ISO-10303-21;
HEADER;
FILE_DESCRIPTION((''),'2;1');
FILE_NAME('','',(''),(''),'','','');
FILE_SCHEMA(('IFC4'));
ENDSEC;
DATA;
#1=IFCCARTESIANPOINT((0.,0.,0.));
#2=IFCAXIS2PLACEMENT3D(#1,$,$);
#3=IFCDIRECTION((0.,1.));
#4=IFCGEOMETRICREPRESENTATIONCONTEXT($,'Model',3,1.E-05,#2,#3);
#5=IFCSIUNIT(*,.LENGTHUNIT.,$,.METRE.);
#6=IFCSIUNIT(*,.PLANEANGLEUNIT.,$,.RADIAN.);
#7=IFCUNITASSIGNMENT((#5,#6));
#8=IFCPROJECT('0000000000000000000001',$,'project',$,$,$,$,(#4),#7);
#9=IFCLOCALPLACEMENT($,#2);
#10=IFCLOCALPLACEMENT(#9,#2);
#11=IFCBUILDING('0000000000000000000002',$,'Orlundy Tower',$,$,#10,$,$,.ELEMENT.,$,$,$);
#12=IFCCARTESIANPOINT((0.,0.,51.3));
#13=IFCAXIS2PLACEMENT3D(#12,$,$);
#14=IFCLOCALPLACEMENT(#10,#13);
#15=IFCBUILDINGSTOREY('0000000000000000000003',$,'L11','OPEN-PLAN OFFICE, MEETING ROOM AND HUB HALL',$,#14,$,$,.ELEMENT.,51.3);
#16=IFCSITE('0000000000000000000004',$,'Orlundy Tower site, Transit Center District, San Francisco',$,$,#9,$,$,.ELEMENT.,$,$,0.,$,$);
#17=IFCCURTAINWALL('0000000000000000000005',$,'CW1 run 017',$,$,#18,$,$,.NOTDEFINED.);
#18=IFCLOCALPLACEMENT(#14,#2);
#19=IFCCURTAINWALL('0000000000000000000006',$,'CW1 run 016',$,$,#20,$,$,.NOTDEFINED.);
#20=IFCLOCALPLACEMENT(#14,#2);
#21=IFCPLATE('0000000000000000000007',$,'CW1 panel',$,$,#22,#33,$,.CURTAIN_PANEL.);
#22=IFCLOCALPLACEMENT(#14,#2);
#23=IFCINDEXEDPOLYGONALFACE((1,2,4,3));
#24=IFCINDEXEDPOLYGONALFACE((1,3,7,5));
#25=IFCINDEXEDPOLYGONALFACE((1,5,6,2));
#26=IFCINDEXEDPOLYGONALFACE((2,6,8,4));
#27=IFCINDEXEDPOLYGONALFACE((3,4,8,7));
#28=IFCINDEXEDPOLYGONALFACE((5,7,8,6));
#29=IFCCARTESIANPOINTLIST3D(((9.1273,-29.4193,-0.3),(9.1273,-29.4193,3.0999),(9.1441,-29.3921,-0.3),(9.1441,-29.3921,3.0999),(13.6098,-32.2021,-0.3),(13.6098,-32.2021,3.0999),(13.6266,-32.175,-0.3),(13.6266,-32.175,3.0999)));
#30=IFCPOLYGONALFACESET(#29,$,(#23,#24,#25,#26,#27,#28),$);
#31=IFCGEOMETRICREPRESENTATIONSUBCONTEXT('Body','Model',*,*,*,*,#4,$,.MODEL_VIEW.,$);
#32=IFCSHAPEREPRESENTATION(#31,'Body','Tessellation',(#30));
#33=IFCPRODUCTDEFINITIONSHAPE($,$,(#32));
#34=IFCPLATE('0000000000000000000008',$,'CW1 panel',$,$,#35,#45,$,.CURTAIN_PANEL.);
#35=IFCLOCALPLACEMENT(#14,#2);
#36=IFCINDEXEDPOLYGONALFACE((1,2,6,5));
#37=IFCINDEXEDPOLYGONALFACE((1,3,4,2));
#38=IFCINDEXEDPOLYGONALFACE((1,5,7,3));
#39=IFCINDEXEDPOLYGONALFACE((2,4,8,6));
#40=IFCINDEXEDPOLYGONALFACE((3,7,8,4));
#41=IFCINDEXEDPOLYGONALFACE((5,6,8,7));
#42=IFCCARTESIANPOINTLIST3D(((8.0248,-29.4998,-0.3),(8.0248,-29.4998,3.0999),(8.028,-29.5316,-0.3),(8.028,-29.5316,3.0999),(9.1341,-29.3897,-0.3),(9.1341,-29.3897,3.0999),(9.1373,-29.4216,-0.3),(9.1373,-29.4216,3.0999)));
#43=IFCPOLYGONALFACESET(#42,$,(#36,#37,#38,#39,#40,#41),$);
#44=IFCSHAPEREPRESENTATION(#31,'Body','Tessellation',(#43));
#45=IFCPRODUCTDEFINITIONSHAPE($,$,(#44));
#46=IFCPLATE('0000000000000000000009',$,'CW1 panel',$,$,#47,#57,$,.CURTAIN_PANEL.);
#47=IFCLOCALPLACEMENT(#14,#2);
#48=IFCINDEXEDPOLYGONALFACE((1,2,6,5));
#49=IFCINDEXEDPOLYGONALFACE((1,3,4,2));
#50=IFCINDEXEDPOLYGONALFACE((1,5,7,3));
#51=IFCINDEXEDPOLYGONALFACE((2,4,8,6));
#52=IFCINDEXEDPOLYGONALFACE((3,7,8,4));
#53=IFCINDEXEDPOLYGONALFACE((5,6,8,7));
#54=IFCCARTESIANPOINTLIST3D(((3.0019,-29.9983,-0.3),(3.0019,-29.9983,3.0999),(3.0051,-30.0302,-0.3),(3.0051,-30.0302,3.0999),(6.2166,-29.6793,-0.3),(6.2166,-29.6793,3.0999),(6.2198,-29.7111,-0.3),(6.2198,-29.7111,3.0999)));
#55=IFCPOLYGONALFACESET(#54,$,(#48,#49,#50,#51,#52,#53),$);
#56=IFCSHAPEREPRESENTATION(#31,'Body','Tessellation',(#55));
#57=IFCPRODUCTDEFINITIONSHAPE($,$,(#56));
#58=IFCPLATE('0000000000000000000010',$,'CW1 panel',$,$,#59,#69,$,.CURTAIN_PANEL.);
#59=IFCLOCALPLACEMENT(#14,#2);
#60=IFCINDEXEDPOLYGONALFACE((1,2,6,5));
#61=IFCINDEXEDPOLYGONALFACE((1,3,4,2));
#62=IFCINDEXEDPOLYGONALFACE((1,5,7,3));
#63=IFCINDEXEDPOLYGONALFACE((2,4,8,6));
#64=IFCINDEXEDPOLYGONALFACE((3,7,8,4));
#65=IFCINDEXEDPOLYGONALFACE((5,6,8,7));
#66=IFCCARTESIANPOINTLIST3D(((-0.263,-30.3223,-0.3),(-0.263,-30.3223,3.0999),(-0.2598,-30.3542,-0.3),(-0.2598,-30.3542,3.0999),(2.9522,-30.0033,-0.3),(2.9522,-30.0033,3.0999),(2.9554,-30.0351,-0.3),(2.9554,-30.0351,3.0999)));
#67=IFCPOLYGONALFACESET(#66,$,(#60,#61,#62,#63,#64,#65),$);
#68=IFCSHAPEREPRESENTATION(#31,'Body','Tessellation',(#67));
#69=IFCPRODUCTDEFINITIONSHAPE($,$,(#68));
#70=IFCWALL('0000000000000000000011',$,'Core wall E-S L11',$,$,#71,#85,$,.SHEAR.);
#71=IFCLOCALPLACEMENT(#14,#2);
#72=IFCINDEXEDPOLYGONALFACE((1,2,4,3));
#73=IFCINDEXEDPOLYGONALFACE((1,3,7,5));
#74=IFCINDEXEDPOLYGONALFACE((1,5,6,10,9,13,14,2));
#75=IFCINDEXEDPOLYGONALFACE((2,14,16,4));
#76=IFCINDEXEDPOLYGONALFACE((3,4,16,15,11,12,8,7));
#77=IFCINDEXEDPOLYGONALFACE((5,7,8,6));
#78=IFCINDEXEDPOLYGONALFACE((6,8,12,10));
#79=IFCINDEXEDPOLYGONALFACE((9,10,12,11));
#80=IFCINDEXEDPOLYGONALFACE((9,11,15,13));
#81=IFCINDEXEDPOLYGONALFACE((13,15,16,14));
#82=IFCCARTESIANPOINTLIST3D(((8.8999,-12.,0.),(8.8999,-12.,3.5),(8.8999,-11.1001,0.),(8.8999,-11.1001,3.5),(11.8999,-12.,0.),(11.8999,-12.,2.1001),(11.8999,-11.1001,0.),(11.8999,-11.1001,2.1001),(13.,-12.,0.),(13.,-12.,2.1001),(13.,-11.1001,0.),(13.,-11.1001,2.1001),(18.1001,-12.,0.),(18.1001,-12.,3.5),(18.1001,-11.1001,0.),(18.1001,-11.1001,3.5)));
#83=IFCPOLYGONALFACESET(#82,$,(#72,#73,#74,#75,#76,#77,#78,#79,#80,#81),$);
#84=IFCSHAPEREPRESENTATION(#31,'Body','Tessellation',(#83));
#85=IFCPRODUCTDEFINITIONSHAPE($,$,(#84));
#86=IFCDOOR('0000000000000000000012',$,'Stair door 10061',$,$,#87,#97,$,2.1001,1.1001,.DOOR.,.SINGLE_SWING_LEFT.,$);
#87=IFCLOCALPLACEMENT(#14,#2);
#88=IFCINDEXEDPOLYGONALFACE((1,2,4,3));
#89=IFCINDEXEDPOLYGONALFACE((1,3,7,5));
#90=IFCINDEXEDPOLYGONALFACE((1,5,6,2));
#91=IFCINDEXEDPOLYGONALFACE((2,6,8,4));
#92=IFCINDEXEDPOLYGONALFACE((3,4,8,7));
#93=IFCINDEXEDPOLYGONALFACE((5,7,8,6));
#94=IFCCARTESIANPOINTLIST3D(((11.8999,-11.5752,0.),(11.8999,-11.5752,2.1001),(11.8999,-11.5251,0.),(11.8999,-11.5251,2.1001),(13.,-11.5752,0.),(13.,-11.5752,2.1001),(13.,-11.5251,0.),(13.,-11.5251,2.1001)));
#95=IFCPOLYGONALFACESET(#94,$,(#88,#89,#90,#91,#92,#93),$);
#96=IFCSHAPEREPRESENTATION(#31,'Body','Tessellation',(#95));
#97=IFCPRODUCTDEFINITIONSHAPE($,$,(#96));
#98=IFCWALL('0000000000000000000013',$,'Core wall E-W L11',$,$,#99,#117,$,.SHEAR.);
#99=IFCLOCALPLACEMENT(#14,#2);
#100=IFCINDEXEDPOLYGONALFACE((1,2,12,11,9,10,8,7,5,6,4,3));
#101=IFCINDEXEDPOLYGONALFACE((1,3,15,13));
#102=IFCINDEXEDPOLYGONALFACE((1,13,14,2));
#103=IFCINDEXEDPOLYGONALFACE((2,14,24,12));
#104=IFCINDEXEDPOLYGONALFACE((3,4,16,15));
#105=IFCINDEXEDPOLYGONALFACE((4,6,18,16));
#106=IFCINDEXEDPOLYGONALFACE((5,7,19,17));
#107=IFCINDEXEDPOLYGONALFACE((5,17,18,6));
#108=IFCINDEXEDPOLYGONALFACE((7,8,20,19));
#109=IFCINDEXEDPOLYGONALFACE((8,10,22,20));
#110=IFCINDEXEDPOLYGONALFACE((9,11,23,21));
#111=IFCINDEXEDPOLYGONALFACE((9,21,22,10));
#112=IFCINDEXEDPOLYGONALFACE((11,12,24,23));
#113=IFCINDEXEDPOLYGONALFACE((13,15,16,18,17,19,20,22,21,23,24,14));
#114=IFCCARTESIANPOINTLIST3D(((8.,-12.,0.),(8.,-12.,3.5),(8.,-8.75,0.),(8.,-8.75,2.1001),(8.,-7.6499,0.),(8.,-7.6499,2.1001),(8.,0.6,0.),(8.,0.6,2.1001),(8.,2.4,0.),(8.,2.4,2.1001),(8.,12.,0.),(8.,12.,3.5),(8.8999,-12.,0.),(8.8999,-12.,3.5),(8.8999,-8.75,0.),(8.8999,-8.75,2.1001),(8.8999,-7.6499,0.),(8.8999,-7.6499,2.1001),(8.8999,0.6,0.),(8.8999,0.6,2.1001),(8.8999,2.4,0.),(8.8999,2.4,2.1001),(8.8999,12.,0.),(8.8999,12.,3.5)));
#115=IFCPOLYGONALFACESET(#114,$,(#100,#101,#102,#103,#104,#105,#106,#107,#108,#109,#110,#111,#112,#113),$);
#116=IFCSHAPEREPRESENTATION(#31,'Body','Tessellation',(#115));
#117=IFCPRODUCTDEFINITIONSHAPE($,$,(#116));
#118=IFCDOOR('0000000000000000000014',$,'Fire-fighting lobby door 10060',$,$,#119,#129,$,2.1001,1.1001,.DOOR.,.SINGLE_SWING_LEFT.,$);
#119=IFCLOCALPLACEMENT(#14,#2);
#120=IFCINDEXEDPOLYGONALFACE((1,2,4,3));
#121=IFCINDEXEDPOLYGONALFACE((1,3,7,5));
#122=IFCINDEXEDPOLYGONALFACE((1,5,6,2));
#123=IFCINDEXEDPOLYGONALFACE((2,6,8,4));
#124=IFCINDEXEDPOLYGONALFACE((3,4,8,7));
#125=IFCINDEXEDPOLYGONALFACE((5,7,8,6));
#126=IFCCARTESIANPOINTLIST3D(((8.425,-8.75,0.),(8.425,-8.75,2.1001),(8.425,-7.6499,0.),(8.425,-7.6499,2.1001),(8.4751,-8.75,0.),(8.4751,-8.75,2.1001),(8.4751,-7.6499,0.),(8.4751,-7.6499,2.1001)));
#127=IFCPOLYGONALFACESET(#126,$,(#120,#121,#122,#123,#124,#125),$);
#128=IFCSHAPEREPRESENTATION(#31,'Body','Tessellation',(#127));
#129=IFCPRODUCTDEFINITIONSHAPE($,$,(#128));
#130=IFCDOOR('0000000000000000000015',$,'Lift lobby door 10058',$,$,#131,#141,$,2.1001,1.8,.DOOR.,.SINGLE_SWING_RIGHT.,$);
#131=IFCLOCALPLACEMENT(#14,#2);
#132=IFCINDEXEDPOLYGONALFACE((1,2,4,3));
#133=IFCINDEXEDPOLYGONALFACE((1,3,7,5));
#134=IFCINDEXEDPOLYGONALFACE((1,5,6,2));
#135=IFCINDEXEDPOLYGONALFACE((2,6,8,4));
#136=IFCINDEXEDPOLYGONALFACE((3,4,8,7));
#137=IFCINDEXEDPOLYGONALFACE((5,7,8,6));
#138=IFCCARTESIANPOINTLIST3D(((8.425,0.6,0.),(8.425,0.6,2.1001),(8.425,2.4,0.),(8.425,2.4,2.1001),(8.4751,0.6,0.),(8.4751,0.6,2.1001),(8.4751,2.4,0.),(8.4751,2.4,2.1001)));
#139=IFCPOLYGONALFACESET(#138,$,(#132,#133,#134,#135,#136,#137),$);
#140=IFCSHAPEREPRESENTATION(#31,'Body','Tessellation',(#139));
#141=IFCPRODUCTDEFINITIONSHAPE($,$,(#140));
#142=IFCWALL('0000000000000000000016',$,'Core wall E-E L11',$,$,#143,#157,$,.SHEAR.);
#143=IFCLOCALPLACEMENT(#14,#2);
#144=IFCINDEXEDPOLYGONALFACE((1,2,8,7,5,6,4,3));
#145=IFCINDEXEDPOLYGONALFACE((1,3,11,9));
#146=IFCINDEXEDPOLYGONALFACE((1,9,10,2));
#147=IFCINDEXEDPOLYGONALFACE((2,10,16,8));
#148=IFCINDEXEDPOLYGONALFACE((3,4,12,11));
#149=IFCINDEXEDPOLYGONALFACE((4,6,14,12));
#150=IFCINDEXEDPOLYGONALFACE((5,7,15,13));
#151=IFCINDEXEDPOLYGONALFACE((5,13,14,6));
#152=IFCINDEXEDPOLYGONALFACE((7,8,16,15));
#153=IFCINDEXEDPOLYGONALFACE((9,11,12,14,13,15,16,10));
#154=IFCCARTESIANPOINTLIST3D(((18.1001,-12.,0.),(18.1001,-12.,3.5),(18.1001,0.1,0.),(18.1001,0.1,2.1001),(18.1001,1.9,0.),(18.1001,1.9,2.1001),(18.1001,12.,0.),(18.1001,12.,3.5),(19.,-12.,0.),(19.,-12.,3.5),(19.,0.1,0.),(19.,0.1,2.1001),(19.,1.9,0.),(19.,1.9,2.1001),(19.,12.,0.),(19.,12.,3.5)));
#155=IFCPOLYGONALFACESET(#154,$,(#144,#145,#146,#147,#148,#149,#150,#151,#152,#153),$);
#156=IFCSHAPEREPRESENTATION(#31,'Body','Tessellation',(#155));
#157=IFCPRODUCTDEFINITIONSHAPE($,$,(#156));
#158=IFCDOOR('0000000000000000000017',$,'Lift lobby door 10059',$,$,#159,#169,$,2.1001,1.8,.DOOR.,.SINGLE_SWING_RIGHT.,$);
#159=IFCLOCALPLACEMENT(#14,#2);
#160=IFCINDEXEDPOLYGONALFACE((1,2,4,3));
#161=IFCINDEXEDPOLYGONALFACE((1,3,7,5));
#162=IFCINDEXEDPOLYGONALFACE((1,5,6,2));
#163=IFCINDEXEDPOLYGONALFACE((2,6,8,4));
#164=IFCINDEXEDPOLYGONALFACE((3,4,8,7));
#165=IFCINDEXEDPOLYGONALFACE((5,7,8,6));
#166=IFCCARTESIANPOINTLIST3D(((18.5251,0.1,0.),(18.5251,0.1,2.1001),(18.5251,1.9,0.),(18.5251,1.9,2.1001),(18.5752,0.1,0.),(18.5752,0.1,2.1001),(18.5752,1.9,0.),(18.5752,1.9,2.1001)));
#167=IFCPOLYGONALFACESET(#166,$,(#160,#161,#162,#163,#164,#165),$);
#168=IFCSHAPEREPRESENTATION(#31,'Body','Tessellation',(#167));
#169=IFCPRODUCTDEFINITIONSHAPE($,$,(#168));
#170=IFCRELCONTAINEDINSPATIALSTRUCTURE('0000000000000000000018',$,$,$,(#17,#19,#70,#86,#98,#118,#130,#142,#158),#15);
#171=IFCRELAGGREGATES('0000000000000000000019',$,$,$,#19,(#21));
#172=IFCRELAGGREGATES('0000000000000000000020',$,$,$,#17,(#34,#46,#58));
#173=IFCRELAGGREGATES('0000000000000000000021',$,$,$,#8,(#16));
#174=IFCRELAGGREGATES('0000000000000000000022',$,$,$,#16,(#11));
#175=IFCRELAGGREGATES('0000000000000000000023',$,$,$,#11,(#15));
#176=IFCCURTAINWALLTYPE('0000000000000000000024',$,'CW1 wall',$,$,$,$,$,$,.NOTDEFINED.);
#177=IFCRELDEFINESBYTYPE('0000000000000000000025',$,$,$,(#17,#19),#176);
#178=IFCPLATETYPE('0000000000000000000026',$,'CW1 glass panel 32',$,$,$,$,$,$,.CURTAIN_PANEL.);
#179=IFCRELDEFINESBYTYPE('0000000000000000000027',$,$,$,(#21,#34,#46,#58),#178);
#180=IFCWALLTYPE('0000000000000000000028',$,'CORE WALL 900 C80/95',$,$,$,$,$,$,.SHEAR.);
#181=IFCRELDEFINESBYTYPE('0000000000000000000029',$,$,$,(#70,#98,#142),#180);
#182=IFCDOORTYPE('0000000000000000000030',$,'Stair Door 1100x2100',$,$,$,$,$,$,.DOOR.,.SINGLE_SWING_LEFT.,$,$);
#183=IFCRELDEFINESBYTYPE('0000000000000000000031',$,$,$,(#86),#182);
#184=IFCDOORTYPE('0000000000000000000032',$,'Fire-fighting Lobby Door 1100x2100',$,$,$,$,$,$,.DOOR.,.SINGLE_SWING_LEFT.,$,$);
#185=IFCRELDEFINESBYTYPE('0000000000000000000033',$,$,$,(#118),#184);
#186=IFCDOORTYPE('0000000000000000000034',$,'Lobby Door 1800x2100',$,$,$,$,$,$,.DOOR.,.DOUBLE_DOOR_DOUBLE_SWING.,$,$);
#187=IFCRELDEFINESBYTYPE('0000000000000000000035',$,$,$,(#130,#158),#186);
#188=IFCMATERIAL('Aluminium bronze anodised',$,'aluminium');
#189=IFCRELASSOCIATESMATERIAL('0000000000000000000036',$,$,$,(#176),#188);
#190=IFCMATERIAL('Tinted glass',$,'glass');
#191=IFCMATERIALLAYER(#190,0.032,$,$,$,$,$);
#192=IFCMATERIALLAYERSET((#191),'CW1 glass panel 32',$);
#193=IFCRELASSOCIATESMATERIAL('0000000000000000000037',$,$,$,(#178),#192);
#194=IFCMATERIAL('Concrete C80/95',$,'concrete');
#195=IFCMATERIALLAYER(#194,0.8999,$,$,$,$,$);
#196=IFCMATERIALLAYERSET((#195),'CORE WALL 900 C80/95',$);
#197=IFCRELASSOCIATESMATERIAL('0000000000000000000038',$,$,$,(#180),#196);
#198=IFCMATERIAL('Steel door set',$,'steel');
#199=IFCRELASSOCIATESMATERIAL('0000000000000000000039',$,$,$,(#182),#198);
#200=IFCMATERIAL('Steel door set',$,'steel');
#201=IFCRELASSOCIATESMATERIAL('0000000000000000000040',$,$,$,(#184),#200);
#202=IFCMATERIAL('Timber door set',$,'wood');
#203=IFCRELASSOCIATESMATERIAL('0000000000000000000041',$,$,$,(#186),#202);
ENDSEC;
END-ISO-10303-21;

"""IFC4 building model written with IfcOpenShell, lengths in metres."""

from ifc_helpers import new_model, si_unit, direction, frame, frame_2d, origin, origin_2d, place, context, subcontext, project, spatial, rectangle, extrude, material, layer, layer_set, type_object, element, fill, aggregate, save


model = new_model("IFC4")

# Units and contexts
model_context = context("Model", 3, precision=1e-05, world=origin(), true_north=direction((0.0, 1.0)))
body_context = subcontext(model_context, "Body", "Model", "MODEL_VIEW")
ifc_project = project(units=[si_unit("LENGTHUNIT", "METRE"), si_unit("PLANEANGLEUNIT", "RADIAN")], contexts=[model_context])

# Site, building, storey
site_placement = place(None, origin())
site = spatial("IfcSite", under=ifc_project, at=site_placement, Name="Orlundy Tower site, Transit Center District, San Francisco", CompositionType="ELEMENT", RefElevation=0.0)
building_placement = place(site_placement, origin())
building = spatial("IfcBuilding", under=site, at=building_placement, Name="Orlundy Tower", CompositionType="ELEMENT")
storey_placement = place(building_placement, frame((0.0, 0.0, 51.3)))
storey = spatial("IfcBuildingStorey", under=building, at=storey_placement, Name="L11", Description="OPEN-PLAN OFFICE, MEETING ROOM AND HUB HALL", CompositionType="ELEMENT", Elevation=51.3)

# Curtain wall
ifc_material_1 = material(Name="Aluminium bronze anodised", Category="aluminium")
curtain_wall_type = type_object("IfcCurtainWallType", Name="CW1 wall", PredefinedType="NOTDEFINED", material=ifc_material_1)
curtain_wall_1_placement = place(storey_placement, origin())
curtain_wall_1 = element("IfcCurtainWall", 1, at=curtain_wall_1_placement, inside=storey, type_object=curtain_wall_type, Name="CW1 run 017", PredefinedType="NOTDEFINED")

# Curtain wall
curtain_wall_2_placement = place(storey_placement, origin())
curtain_wall_2 = element("IfcCurtainWall", 2, at=curtain_wall_2_placement, inside=storey, type_object=curtain_wall_type, Name="CW1 run 016", PredefinedType="NOTDEFINED")

# Plates
ifc_material_2 = material(Name="Tinted glass", Category="glass")
ifc_layer_1 = layer(ifc_material_2, 0.032)
ifc_layer_set_1 = layer_set([ifc_layer_1], Name="CW1 glass panel 32")
plate_type = type_object("IfcPlateType", Name="CW1 glass panel 32", PredefinedType="CURTAIN_PANEL", material=ifc_layer_set_1)
plate_1_placement = place(storey_placement, frame((11.377, -30.7971, -0.3), z_axis=(0.0, 0.0, 1.0), x_axis=(-0.849587, 0.527449, 0.0)))
plate_1 = element("IfcPlate", 3, at=plate_1_placement, type_object=plate_type, Name="CW1 panel", PredefinedType="CURTAIN_PANEL", context=body_context, shape_type="SweptSolid", body=[
    extrude(rectangle(XDim=5.2761, YDim=0.032, at=origin_2d()), origin(), (0.0, 0.0, 1.0), 3.3999),
])
aggregate(curtain_wall_2, [plate_1])
plate_2_placement = place(storey_placement, frame((8.5811, -29.4607, -0.3), z_axis=(0.0, 0.0, 1.0), x_axis=(-0.995112, -0.09875, 0.0)))
plate_2 = element("IfcPlate", 4, at=plate_2_placement, type_object=plate_type, Name="CW1 panel", PredefinedType="CURTAIN_PANEL", context=body_context, shape_type="SweptSolid", body=[
    extrude(rectangle(XDim=1.1147, YDim=0.032, at=origin_2d()), origin(), (0.0, 0.0, 1.0), 3.3999),
])
plate_3_placement = place(storey_placement, frame((4.6108, -29.8547, -0.3), z_axis=(0.0, 0.0, 1.0), x_axis=(-0.995112, -0.09875, 0.0)))
plate_3 = element("IfcPlate", 5, at=plate_3_placement, type_object=plate_type, Name="CW1 panel", PredefinedType="CURTAIN_PANEL", context=body_context, shape_type="SweptSolid", body=[
    extrude(rectangle(XDim=3.2305, YDim=0.032, at=origin_2d()), origin(), (0.0, 0.0, 1.0), 3.3999),
])
plate_4_placement = place(storey_placement, frame((1.3462, -30.1787, -0.3), z_axis=(0.0, 0.0, 1.0), x_axis=(-0.995112, -0.09875, 0.0)))
plate_4 = element("IfcPlate", 6, at=plate_4_placement, type_object=plate_type, Name="CW1 panel", PredefinedType="CURTAIN_PANEL", context=body_context, shape_type="SweptSolid", body=[
    extrude(rectangle(XDim=3.231, YDim=0.032, at=origin_2d()), origin(), (0.0, 0.0, 1.0), 3.3999),
])
aggregate(curtain_wall_1, [plate_2, plate_3, plate_4])

# Wall, opening, door
ifc_material_3 = material(Name="Concrete C80/95", Category="concrete")
ifc_layer_2 = layer(ifc_material_3, 0.8999)
ifc_layer_set_2 = layer_set([ifc_layer_2], Name="CORE WALL 900 C80/95")
wall_type_1 = type_object("IfcWallType", Name="CORE WALL 900 C80/95", PredefinedType="SHEAR", material=ifc_layer_set_2)
wall_1_placement = place(storey_placement, frame((8.8999, -11.55, 0.0), z_axis=(0.0, 0.0, 1.0), x_axis=(1.0, 0.0, 0.0)))
wall_1 = element("IfcWall", 7, at=wall_1_placement, inside=storey, type_object=wall_type_1, Name="Core wall E-S L11", PredefinedType="SHEAR", context=body_context, shape_type="SweptSolid", body=[
    extrude(rectangle(XDim=9.2002, YDim=0.8999, at=frame_2d((4.6001, 0.0))), origin(), (0.0, 0.0, 1.0), 3.5),
])
opening_1_placement = place(wall_1_placement, frame((3.0, 0.0, 0.0)))
opening_1 = element("IfcOpeningElement", 8, at=opening_1_placement, cuts=wall_1, PredefinedType="OPENING", context=body_context, shape_type="SweptSolid", body=[
    extrude(rectangle(XDim=1.1001, YDim=2.1001, at=frame_2d((0.55, 1.05))), frame((0.0, 0.46, 0.0), z_axis=(0.0, -1.0, 0.0), x_axis=(1.0, 0.0, 0.0)), (0.0, 0.0, 1.0), 0.9199),
])
ifc_material_4 = material(Name="Steel door set", Category="steel")
door_type_1 = type_object("IfcDoorType", Name="Stair Door 1100x2100", OperationType="SINGLE_SWING_LEFT", PredefinedType="DOOR", material=ifc_material_4)
door_1_placement = place(opening_1_placement, origin())
door_1 = element("IfcDoor", 9, at=door_1_placement, inside=storey, type_object=door_type_1, Name="Stair door 10061", OperationType="SINGLE_SWING_LEFT", OverallHeight=2.1001, OverallWidth=1.1001, PredefinedType="DOOR", context=body_context, shape_type="SweptSolid", body=[
    extrude(rectangle(XDim=1.1001, YDim=2.1001, at=frame_2d((0.55, 1.05))), frame((0.0, 0.0249, 0.0), z_axis=(0.0, -1.0, 0.0), x_axis=(1.0, 0.0, 0.0)), (0.0, 0.0, 1.0), 0.05),
])
fill(opening_1, door_1)

# Wall, openings, doors
wall_2_placement = place(storey_placement, frame((8.45, -12.0, 0.0), z_axis=(0.0, 0.0, 1.0), x_axis=(0.0, 1.0, 0.0)))
wall_2 = element("IfcWall", 10, at=wall_2_placement, inside=storey, type_object=wall_type_1, Name="Core wall E-W L11", PredefinedType="SHEAR", context=body_context, shape_type="SweptSolid", body=[
    extrude(rectangle(XDim=24.0, YDim=0.8999, at=frame_2d((12.0, 0.0))), origin(), (0.0, 0.0, 1.0), 3.5),
])
opening_2_placement = place(wall_2_placement, frame((12.6001, 0.0, 0.0)))
opening_2 = element("IfcOpeningElement", 11, at=opening_2_placement, cuts=wall_2, PredefinedType="OPENING", context=body_context, shape_type="SweptSolid", body=[
    extrude(rectangle(XDim=1.8, YDim=2.1001, at=frame_2d((0.8999, 1.05))), frame((0.0, 0.46, 0.0), z_axis=(0.0, -1.0, 0.0), x_axis=(1.0, 0.0, 0.0)), (0.0, 0.0, 1.0), 0.9199),
])
opening_3_placement = place(wall_2_placement, frame((3.25, 0.0, 0.0)))
opening_3 = element("IfcOpeningElement", 12, at=opening_3_placement, cuts=wall_2, PredefinedType="OPENING", context=body_context, shape_type="SweptSolid", body=[
    extrude(rectangle(XDim=1.1001, YDim=2.1001, at=frame_2d((0.55, 1.05))), frame((0.0, 0.46, 0.0), z_axis=(0.0, -1.0, 0.0), x_axis=(1.0, 0.0, 0.0)), (0.0, 0.0, 1.0), 0.9199),
])
ifc_material_5 = material(Name="Steel door set", Category="steel")
door_type_2 = type_object("IfcDoorType", Name="Fire-fighting Lobby Door 1100x2100", OperationType="SINGLE_SWING_LEFT", PredefinedType="DOOR", material=ifc_material_5)
door_2_placement = place(opening_3_placement, origin())
door_2 = element("IfcDoor", 13, at=door_2_placement, inside=storey, type_object=door_type_2, Name="Fire-fighting lobby door 10060", OperationType="SINGLE_SWING_LEFT", OverallHeight=2.1001, OverallWidth=1.1001, PredefinedType="DOOR", context=body_context, shape_type="SweptSolid", body=[
    extrude(rectangle(XDim=1.1001, YDim=2.1001, at=frame_2d((0.55, 1.05))), frame((0.0, 0.0249, 0.0), z_axis=(0.0, -1.0, 0.0), x_axis=(1.0, 0.0, 0.0)), (0.0, 0.0, 1.0), 0.05),
])
fill(opening_3, door_2)
ifc_material_6 = material(Name="Timber door set", Category="wood")
door_type_3 = type_object("IfcDoorType", Name="Lobby Door 1800x2100", OperationType="DOUBLE_DOOR_DOUBLE_SWING", PredefinedType="DOOR", material=ifc_material_6)
door_3_placement = place(opening_2_placement, origin())
door_3 = element("IfcDoor", 14, at=door_3_placement, inside=storey, type_object=door_type_3, Name="Lift lobby door 10058", OperationType="SINGLE_SWING_RIGHT", OverallHeight=2.1001, OverallWidth=1.8, PredefinedType="DOOR", context=body_context, shape_type="SweptSolid", body=[
    extrude(rectangle(XDim=1.8, YDim=2.1001, at=frame_2d((0.8999, 1.05))), frame((0.0, 0.0249, 0.0), z_axis=(0.0, -1.0, 0.0), x_axis=(1.0, 0.0, 0.0)), (0.0, 0.0, 1.0), 0.05),
])
fill(opening_2, door_3)

# Wall, opening, door
wall_3_placement = place(storey_placement, frame((18.55, -12.0, 0.0), z_axis=(0.0, 0.0, 1.0), x_axis=(0.0, 1.0, 0.0)))
wall_3 = element("IfcWall", 15, at=wall_3_placement, inside=storey, type_object=wall_type_1, Name="Core wall E-E L11", PredefinedType="SHEAR", context=body_context, shape_type="SweptSolid", body=[
    extrude(rectangle(XDim=24.0, YDim=0.8999, at=frame_2d((12.0, 0.0))), origin(), (0.0, 0.0, 1.0), 3.5),
])
opening_4_placement = place(wall_3_placement, frame((12.1001, 0.0, 0.0)))
opening_4 = element("IfcOpeningElement", 16, at=opening_4_placement, cuts=wall_3, PredefinedType="OPENING", context=body_context, shape_type="SweptSolid", body=[
    extrude(rectangle(XDim=1.8, YDim=2.1001, at=frame_2d((0.8999, 1.05))), frame((0.0, 0.46, 0.0), z_axis=(0.0, -1.0, 0.0), x_axis=(1.0, 0.0, 0.0)), (0.0, 0.0, 1.0), 0.9199),
])
door_4_placement = place(opening_4_placement, origin())
door_4 = element("IfcDoor", 17, at=door_4_placement, inside=storey, type_object=door_type_3, Name="Lift lobby door 10059", OperationType="SINGLE_SWING_RIGHT", OverallHeight=2.1001, OverallWidth=1.8, PredefinedType="DOOR", context=body_context, shape_type="SweptSolid", body=[
    extrude(rectangle(XDim=1.8, YDim=2.1001, at=frame_2d((0.8999, 1.05))), frame((0.0, 0.0249, 0.0), z_axis=(0.0, -1.0, 0.0), x_axis=(1.0, 0.0, 0.0)), (0.0, 0.0, 1.0), 0.05),
])
fill(opening_4, door_4)

save(model, "model.ifc")
